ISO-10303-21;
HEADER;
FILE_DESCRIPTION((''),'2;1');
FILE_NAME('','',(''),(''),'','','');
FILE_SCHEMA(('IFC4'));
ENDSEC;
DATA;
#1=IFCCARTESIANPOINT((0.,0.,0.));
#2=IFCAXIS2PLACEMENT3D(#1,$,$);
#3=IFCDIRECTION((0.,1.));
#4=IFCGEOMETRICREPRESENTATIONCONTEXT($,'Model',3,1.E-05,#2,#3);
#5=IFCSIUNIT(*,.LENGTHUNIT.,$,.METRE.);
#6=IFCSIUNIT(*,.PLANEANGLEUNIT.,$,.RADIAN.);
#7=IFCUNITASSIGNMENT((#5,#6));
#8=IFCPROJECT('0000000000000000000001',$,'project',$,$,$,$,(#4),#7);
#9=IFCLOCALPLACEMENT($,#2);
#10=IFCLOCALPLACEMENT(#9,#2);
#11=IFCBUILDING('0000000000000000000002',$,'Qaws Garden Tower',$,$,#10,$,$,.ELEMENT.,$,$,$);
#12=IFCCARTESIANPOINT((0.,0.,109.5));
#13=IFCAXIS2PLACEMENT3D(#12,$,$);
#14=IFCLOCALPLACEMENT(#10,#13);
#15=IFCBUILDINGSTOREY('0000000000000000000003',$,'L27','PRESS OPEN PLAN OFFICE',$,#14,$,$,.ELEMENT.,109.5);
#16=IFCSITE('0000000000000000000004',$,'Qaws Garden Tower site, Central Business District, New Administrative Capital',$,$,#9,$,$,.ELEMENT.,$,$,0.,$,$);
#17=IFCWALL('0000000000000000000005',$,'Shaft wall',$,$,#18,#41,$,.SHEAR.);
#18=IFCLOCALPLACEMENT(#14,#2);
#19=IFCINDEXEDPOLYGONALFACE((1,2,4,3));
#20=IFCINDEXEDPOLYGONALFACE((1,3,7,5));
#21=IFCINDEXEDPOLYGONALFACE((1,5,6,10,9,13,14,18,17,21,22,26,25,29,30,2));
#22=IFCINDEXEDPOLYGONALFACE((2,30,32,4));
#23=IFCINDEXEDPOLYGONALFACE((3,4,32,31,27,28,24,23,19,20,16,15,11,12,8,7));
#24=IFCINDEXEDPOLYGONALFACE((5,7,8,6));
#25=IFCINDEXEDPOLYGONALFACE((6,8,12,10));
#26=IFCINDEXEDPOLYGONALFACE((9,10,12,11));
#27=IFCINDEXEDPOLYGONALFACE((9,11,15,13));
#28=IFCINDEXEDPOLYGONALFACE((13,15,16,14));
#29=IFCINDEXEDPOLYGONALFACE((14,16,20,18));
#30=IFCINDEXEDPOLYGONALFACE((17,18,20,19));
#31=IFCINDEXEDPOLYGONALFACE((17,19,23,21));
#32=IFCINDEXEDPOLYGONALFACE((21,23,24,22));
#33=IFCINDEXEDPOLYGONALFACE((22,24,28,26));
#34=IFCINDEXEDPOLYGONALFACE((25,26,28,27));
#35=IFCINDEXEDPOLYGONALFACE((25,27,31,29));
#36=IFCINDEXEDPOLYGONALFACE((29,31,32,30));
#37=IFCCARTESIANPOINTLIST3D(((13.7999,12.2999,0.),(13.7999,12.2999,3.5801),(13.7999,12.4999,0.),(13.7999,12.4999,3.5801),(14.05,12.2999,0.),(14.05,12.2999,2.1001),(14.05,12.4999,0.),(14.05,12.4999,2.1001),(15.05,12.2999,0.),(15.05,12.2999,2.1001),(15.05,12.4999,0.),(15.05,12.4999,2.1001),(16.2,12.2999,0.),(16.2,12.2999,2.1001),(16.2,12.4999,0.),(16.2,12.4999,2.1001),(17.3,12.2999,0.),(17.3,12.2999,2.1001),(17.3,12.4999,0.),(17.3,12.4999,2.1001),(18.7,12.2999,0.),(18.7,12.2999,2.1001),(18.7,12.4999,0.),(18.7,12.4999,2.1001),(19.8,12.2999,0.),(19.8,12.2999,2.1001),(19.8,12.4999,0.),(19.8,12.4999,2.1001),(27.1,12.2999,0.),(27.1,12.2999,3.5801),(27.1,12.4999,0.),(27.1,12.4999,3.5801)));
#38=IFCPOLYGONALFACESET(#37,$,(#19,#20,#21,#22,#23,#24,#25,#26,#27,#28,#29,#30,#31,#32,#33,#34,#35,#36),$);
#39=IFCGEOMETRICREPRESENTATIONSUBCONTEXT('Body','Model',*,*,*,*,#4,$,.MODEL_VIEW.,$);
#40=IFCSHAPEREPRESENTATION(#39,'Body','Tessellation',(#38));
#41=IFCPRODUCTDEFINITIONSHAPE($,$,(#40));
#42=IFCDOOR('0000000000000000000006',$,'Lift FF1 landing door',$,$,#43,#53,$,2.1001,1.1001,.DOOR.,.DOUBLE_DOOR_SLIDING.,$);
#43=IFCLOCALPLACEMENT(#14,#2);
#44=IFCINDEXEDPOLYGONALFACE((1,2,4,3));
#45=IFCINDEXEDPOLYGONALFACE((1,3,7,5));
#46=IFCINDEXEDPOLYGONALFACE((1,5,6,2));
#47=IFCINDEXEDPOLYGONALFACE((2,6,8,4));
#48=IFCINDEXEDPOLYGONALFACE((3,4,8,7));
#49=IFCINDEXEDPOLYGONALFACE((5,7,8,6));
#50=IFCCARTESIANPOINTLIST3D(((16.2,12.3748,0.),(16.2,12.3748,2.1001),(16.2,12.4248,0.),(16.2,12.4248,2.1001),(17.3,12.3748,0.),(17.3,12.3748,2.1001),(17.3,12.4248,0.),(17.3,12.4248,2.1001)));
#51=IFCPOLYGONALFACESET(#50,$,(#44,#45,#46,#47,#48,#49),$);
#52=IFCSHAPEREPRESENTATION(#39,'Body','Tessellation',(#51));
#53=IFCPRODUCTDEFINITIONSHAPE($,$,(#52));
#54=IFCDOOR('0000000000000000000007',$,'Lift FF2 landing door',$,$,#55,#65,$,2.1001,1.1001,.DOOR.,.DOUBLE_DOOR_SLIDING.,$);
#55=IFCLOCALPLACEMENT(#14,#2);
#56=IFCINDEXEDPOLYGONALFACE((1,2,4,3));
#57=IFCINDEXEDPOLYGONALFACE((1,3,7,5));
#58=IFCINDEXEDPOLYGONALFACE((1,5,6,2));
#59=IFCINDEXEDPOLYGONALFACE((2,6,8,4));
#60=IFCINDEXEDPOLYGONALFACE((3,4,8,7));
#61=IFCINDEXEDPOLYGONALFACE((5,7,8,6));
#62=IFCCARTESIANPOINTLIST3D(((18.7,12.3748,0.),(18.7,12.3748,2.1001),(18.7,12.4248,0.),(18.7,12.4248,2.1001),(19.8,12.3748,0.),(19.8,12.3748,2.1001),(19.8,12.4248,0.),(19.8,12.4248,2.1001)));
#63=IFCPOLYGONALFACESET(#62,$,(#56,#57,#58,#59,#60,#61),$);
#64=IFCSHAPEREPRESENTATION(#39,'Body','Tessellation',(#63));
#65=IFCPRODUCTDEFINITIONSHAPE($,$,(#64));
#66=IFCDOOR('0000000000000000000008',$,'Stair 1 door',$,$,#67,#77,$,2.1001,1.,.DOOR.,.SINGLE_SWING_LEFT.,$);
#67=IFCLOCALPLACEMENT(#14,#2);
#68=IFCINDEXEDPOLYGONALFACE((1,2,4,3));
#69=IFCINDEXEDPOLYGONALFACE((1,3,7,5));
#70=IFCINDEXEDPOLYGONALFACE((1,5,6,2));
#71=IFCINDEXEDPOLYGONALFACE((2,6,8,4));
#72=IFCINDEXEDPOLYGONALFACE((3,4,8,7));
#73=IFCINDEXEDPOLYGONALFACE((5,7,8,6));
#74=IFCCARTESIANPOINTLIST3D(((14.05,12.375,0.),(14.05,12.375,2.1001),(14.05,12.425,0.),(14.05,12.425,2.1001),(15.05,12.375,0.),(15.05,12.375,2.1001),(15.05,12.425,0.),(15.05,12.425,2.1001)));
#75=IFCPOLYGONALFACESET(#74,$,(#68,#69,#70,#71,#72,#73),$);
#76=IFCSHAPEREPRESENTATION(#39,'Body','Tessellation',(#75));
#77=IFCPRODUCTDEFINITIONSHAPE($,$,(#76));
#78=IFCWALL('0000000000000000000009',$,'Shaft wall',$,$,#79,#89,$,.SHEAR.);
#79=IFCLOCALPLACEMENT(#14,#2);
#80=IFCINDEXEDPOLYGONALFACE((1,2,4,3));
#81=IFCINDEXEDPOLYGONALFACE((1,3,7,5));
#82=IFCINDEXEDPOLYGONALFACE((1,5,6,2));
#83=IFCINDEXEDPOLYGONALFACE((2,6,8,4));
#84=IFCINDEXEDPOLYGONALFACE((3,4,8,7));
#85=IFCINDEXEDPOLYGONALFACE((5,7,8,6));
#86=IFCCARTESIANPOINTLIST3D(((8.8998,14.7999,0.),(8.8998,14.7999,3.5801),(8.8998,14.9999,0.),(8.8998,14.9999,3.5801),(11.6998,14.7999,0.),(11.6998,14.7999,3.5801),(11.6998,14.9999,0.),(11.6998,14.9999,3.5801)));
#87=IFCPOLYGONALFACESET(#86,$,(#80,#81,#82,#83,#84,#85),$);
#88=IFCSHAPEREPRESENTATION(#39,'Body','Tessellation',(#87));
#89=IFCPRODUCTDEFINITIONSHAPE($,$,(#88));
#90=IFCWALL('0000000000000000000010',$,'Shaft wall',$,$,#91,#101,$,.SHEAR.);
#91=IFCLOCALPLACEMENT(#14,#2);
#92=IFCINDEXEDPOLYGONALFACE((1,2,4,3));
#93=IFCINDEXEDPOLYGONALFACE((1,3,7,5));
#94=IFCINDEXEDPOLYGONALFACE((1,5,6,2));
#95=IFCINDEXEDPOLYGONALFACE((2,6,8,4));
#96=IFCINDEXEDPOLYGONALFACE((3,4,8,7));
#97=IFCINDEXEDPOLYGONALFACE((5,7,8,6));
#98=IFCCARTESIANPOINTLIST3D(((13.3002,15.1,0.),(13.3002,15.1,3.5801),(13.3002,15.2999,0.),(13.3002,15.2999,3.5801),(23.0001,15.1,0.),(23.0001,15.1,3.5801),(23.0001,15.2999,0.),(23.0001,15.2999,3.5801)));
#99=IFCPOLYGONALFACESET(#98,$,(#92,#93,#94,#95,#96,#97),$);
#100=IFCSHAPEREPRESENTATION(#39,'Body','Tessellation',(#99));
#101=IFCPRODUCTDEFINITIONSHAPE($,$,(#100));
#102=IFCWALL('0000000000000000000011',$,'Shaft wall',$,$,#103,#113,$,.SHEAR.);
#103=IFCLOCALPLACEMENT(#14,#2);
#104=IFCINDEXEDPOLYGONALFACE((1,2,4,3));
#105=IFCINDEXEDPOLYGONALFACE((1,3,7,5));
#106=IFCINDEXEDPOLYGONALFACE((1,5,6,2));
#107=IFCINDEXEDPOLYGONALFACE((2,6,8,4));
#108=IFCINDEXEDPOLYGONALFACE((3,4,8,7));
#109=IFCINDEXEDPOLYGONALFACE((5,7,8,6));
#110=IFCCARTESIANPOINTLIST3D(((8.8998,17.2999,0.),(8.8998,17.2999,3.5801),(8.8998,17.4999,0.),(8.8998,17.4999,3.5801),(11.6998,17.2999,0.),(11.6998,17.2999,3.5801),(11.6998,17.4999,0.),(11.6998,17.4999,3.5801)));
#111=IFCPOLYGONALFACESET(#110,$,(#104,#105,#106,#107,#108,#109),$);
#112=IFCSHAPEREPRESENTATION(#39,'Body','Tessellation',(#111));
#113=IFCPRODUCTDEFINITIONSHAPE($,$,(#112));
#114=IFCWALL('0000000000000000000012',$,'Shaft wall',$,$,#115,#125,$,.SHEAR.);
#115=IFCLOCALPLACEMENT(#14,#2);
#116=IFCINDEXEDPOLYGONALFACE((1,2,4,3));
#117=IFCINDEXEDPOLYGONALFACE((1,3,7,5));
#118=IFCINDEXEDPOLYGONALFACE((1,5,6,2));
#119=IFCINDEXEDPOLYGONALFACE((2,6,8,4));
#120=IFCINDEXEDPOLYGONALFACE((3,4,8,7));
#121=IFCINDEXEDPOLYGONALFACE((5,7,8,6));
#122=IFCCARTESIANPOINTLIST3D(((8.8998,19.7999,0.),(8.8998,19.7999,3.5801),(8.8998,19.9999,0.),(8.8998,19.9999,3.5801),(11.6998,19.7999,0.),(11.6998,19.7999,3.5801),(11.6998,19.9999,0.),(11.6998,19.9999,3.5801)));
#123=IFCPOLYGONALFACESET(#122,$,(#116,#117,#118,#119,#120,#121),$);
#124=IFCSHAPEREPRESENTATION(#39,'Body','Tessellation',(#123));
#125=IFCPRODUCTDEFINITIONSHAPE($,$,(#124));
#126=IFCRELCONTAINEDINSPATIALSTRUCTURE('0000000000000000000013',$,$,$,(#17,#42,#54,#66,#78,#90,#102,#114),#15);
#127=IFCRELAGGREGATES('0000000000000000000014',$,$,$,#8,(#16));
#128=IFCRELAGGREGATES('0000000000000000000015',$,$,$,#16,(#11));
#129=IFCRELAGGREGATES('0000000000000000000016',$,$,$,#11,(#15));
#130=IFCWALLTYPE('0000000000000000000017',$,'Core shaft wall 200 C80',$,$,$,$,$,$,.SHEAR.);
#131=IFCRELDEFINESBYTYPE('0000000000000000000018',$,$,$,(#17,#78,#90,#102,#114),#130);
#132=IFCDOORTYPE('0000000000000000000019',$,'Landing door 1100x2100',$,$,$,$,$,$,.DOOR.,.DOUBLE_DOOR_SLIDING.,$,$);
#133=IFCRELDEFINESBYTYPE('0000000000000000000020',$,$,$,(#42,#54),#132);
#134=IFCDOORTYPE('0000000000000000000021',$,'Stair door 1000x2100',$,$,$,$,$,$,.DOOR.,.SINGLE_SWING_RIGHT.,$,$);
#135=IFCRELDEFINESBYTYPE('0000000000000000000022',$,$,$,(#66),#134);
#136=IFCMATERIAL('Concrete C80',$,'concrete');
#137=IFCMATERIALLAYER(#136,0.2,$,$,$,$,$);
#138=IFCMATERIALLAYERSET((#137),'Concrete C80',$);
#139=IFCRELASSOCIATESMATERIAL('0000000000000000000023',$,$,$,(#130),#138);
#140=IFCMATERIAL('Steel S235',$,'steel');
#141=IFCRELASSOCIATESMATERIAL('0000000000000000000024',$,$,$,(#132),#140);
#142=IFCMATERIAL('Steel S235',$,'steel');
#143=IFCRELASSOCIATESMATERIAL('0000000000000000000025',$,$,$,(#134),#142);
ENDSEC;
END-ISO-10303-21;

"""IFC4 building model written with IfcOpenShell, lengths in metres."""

from ifc_helpers import new_model, si_unit, direction, frame, frame_2d, origin, place, context, subcontext, project, spatial, rectangle, extrude, material, layer, layer_set, type_object, element, fill, save


model = new_model("IFC4")

# Units and contexts
model_context = context("Model", 3, precision=1e-05, world=origin(), true_north=direction((0.0, 1.0)))
body_context = subcontext(model_context, "Body", "Model", "MODEL_VIEW")
ifc_project = project(units=[si_unit("LENGTHUNIT", "METRE"), si_unit("PLANEANGLEUNIT", "RADIAN")], contexts=[model_context])

# Site, building, storey
site_placement = place(None, origin())
site = spatial("IfcSite", under=ifc_project, at=site_placement, Name="Qaws Garden Tower site, Central Business District, New Administrative Capital", CompositionType="ELEMENT", RefElevation=0.0)
building_placement = place(site_placement, origin())
building = spatial("IfcBuilding", under=site, at=building_placement, Name="Qaws Garden Tower", CompositionType="ELEMENT")
storey_placement = place(building_placement, frame((0.0, 0.0, 109.5)))
storey = spatial("IfcBuildingStorey", under=building, at=storey_placement, Name="L27", Description="PRESS OPEN PLAN OFFICE", CompositionType="ELEMENT", Elevation=109.5)

# Shared definitions
ifc_material_1 = material(Name="Concrete C80", Category="concrete")
ifc_layer_1 = layer(ifc_material_1, 0.2)
ifc_layer_set_1 = layer_set([ifc_layer_1], Name="Concrete C80")
wall_type_1 = type_object("IfcWallType", Name="Core shaft wall 200 C80", PredefinedType="SHEAR", material=ifc_layer_set_1)

# Wall, openings, doors
wall_1_placement = place(storey_placement, frame((13.8, 12.3999, 0.0), z_axis=(0.0, 0.0, 1.0), x_axis=(1.0, 0.0, 0.0)))
wall_1 = element("IfcWall", 1, at=wall_1_placement, inside=storey, type_object=wall_type_1, Name="Shaft wall", PredefinedType="SHEAR", context=body_context, shape_type="SweptSolid", body=[
    extrude(rectangle(XDim=13.3, YDim=0.2, at=frame_2d((6.6499, 0.0))), origin(), (0.0, 0.0, 1.0), 3.5801),
])
opening_1_placement = place(wall_1_placement, frame((2.3999, 0.0, 0.0)))
opening_1 = element("IfcOpeningElement", 2, at=opening_1_placement, cuts=wall_1, PredefinedType="OPENING", context=body_context, shape_type="SweptSolid", body=[
    extrude(rectangle(XDim=1.1001, YDim=2.1001, at=frame_2d((0.55, 1.05))), frame((0.0, 0.1099, 0.0), z_axis=(0.0, -1.0, 0.0), x_axis=(1.0, 0.0, 0.0)), (0.0, 0.0, 1.0), 0.22),
])
opening_2_placement = place(wall_1_placement, frame((4.8999, 0.0, 0.0)))
opening_2 = element("IfcOpeningElement", 3, at=opening_2_placement, cuts=wall_1, PredefinedType="OPENING", context=body_context, shape_type="SweptSolid", body=[
    extrude(rectangle(XDim=1.1001, YDim=2.1001, at=frame_2d((0.55, 1.05))), frame((0.0, 0.1099, 0.0), z_axis=(0.0, -1.0, 0.0), x_axis=(1.0, 0.0, 0.0)), (0.0, 0.0, 1.0), 0.22),
])
opening_3_placement = place(wall_1_placement, frame((0.25, 0.0, 0.0)))
opening_3 = element("IfcOpeningElement", 4, at=opening_3_placement, cuts=wall_1, PredefinedType="OPENING", context=body_context, shape_type="SweptSolid", body=[
    extrude(rectangle(XDim=1.0, YDim=2.1001, at=frame_2d((0.5, 1.05))), frame((0.0, 0.1099, 0.0), z_axis=(0.0, -1.0, 0.0), x_axis=(1.0, 0.0, 0.0)), (0.0, 0.0, 1.0), 0.22),
])
ifc_material_2 = material(Name="Steel S235", Category="steel")
door_type_1 = type_object("IfcDoorType", Name="Landing door 1100x2100", OperationType="DOUBLE_DOOR_SLIDING", PredefinedType="DOOR", material=ifc_material_2)
door_1_placement = place(opening_1_placement, origin())
door_1 = element("IfcDoor", 5, at=door_1_placement, inside=storey, type_object=door_type_1, Name="Lift FF1 landing door", OperationType="DOUBLE_DOOR_SLIDING", OverallHeight=2.1001, OverallWidth=1.1001, PredefinedType="DOOR", context=body_context, shape_type="SweptSolid", body=[
    extrude(rectangle(XDim=1.1001, YDim=2.1001, at=frame_2d((0.55, 1.05))), frame((0.0, 0.0249, 0.0), z_axis=(0.0, -1.0, 0.0), x_axis=(1.0, 0.0, 0.0)), (0.0, 0.0, 1.0), 0.05),
])
fill(opening_1, door_1)
door_2_placement = place(opening_2_placement, origin())
door_2 = element("IfcDoor", 6, at=door_2_placement, inside=storey, type_object=door_type_1, Name="Lift FF2 landing door", OperationType="DOUBLE_DOOR_SLIDING", OverallHeight=2.1001, OverallWidth=1.1001, PredefinedType="DOOR", context=body_context, shape_type="SweptSolid", body=[
    extrude(rectangle(XDim=1.1001, YDim=2.1001, at=frame_2d((0.55, 1.05))), frame((0.0, 0.0249, 0.0), z_axis=(0.0, -1.0, 0.0), x_axis=(1.0, 0.0, 0.0)), (0.0, 0.0, 1.0), 0.05),
])
fill(opening_2, door_2)
ifc_material_3 = material(Name="Steel S235", Category="steel")
door_type_2 = type_object("IfcDoorType", Name="Stair door 1000x2100", OperationType="SINGLE_SWING_RIGHT", PredefinedType="DOOR", material=ifc_material_3)
door_3_placement = place(opening_3_placement, frame((1.0, 0.0, 0.0), z_axis=(0.0, 0.0, 1.0), x_axis=(-1.0, 0.0, 0.0)))
door_3 = element("IfcDoor", 7, at=door_3_placement, inside=storey, type_object=door_type_2, Name="Stair 1 door", OperationType="SINGLE_SWING_LEFT", OverallHeight=2.1001, OverallWidth=1.0, PredefinedType="DOOR", context=body_context, shape_type="SweptSolid", body=[
    extrude(rectangle(XDim=1.0, YDim=2.1001, at=frame_2d((0.5, 1.05))), frame((0.0, 0.0249, 0.0), z_axis=(0.0, -1.0, 0.0), x_axis=(1.0, 0.0, 0.0)), (0.0, 0.0, 1.0), 0.05),
])
fill(opening_3, door_3)

# Walls
wall_2_placement = place(storey_placement, frame((8.8999, 14.8999, 0.0), z_axis=(0.0, 0.0, 1.0), x_axis=(1.0, 0.0, 0.0)))
element("IfcWall", 8, at=wall_2_placement, inside=storey, type_object=wall_type_1, Name="Shaft wall", PredefinedType="SHEAR", context=body_context, shape_type="SweptSolid", body=[
    extrude(rectangle(XDim=2.8, YDim=0.2, at=frame_2d((1.3999, 0.0))), origin(), (0.0, 0.0, 1.0), 3.5801),
])
wall_3_placement = place(storey_placement, frame((13.3, 15.2, 0.0), z_axis=(0.0, 0.0, 1.0), x_axis=(1.0, 0.0, 0.0)))
element("IfcWall", 9, at=wall_3_placement, inside=storey, type_object=wall_type_1, Name="Shaft wall", PredefinedType="SHEAR", context=body_context, shape_type="SweptSolid", body=[
    extrude(rectangle(XDim=9.7, YDim=0.2, at=frame_2d((4.8501, 0.0))), origin(), (0.0, 0.0, 1.0), 3.5801),
])
for number, where, z_axis, x_axis, name in (
    (10, (8.8999, 17.3999, 0.0), (0.0, 0.0, 1.0), (1.0, 0.0, 0.0), "Shaft wall"),
    (11, (8.8999, 19.8999, 0.0), (0.0, 0.0, 1.0), (1.0, 0.0, 0.0), "Shaft wall"),
):
    element("IfcWall", number, at=place(storey_placement, frame(where, z_axis=z_axis, x_axis=x_axis)), inside=storey, type_object=wall_type_1, Name=name, PredefinedType="SHEAR", context=body_context, shape_type="SweptSolid", body=[
        extrude(rectangle(XDim=2.8, YDim=0.2, at=frame_2d((1.3999, 0.0))), origin(), (0.0, 0.0, 1.0), 3.5801),
    ])

save(model, "model.ifc")
